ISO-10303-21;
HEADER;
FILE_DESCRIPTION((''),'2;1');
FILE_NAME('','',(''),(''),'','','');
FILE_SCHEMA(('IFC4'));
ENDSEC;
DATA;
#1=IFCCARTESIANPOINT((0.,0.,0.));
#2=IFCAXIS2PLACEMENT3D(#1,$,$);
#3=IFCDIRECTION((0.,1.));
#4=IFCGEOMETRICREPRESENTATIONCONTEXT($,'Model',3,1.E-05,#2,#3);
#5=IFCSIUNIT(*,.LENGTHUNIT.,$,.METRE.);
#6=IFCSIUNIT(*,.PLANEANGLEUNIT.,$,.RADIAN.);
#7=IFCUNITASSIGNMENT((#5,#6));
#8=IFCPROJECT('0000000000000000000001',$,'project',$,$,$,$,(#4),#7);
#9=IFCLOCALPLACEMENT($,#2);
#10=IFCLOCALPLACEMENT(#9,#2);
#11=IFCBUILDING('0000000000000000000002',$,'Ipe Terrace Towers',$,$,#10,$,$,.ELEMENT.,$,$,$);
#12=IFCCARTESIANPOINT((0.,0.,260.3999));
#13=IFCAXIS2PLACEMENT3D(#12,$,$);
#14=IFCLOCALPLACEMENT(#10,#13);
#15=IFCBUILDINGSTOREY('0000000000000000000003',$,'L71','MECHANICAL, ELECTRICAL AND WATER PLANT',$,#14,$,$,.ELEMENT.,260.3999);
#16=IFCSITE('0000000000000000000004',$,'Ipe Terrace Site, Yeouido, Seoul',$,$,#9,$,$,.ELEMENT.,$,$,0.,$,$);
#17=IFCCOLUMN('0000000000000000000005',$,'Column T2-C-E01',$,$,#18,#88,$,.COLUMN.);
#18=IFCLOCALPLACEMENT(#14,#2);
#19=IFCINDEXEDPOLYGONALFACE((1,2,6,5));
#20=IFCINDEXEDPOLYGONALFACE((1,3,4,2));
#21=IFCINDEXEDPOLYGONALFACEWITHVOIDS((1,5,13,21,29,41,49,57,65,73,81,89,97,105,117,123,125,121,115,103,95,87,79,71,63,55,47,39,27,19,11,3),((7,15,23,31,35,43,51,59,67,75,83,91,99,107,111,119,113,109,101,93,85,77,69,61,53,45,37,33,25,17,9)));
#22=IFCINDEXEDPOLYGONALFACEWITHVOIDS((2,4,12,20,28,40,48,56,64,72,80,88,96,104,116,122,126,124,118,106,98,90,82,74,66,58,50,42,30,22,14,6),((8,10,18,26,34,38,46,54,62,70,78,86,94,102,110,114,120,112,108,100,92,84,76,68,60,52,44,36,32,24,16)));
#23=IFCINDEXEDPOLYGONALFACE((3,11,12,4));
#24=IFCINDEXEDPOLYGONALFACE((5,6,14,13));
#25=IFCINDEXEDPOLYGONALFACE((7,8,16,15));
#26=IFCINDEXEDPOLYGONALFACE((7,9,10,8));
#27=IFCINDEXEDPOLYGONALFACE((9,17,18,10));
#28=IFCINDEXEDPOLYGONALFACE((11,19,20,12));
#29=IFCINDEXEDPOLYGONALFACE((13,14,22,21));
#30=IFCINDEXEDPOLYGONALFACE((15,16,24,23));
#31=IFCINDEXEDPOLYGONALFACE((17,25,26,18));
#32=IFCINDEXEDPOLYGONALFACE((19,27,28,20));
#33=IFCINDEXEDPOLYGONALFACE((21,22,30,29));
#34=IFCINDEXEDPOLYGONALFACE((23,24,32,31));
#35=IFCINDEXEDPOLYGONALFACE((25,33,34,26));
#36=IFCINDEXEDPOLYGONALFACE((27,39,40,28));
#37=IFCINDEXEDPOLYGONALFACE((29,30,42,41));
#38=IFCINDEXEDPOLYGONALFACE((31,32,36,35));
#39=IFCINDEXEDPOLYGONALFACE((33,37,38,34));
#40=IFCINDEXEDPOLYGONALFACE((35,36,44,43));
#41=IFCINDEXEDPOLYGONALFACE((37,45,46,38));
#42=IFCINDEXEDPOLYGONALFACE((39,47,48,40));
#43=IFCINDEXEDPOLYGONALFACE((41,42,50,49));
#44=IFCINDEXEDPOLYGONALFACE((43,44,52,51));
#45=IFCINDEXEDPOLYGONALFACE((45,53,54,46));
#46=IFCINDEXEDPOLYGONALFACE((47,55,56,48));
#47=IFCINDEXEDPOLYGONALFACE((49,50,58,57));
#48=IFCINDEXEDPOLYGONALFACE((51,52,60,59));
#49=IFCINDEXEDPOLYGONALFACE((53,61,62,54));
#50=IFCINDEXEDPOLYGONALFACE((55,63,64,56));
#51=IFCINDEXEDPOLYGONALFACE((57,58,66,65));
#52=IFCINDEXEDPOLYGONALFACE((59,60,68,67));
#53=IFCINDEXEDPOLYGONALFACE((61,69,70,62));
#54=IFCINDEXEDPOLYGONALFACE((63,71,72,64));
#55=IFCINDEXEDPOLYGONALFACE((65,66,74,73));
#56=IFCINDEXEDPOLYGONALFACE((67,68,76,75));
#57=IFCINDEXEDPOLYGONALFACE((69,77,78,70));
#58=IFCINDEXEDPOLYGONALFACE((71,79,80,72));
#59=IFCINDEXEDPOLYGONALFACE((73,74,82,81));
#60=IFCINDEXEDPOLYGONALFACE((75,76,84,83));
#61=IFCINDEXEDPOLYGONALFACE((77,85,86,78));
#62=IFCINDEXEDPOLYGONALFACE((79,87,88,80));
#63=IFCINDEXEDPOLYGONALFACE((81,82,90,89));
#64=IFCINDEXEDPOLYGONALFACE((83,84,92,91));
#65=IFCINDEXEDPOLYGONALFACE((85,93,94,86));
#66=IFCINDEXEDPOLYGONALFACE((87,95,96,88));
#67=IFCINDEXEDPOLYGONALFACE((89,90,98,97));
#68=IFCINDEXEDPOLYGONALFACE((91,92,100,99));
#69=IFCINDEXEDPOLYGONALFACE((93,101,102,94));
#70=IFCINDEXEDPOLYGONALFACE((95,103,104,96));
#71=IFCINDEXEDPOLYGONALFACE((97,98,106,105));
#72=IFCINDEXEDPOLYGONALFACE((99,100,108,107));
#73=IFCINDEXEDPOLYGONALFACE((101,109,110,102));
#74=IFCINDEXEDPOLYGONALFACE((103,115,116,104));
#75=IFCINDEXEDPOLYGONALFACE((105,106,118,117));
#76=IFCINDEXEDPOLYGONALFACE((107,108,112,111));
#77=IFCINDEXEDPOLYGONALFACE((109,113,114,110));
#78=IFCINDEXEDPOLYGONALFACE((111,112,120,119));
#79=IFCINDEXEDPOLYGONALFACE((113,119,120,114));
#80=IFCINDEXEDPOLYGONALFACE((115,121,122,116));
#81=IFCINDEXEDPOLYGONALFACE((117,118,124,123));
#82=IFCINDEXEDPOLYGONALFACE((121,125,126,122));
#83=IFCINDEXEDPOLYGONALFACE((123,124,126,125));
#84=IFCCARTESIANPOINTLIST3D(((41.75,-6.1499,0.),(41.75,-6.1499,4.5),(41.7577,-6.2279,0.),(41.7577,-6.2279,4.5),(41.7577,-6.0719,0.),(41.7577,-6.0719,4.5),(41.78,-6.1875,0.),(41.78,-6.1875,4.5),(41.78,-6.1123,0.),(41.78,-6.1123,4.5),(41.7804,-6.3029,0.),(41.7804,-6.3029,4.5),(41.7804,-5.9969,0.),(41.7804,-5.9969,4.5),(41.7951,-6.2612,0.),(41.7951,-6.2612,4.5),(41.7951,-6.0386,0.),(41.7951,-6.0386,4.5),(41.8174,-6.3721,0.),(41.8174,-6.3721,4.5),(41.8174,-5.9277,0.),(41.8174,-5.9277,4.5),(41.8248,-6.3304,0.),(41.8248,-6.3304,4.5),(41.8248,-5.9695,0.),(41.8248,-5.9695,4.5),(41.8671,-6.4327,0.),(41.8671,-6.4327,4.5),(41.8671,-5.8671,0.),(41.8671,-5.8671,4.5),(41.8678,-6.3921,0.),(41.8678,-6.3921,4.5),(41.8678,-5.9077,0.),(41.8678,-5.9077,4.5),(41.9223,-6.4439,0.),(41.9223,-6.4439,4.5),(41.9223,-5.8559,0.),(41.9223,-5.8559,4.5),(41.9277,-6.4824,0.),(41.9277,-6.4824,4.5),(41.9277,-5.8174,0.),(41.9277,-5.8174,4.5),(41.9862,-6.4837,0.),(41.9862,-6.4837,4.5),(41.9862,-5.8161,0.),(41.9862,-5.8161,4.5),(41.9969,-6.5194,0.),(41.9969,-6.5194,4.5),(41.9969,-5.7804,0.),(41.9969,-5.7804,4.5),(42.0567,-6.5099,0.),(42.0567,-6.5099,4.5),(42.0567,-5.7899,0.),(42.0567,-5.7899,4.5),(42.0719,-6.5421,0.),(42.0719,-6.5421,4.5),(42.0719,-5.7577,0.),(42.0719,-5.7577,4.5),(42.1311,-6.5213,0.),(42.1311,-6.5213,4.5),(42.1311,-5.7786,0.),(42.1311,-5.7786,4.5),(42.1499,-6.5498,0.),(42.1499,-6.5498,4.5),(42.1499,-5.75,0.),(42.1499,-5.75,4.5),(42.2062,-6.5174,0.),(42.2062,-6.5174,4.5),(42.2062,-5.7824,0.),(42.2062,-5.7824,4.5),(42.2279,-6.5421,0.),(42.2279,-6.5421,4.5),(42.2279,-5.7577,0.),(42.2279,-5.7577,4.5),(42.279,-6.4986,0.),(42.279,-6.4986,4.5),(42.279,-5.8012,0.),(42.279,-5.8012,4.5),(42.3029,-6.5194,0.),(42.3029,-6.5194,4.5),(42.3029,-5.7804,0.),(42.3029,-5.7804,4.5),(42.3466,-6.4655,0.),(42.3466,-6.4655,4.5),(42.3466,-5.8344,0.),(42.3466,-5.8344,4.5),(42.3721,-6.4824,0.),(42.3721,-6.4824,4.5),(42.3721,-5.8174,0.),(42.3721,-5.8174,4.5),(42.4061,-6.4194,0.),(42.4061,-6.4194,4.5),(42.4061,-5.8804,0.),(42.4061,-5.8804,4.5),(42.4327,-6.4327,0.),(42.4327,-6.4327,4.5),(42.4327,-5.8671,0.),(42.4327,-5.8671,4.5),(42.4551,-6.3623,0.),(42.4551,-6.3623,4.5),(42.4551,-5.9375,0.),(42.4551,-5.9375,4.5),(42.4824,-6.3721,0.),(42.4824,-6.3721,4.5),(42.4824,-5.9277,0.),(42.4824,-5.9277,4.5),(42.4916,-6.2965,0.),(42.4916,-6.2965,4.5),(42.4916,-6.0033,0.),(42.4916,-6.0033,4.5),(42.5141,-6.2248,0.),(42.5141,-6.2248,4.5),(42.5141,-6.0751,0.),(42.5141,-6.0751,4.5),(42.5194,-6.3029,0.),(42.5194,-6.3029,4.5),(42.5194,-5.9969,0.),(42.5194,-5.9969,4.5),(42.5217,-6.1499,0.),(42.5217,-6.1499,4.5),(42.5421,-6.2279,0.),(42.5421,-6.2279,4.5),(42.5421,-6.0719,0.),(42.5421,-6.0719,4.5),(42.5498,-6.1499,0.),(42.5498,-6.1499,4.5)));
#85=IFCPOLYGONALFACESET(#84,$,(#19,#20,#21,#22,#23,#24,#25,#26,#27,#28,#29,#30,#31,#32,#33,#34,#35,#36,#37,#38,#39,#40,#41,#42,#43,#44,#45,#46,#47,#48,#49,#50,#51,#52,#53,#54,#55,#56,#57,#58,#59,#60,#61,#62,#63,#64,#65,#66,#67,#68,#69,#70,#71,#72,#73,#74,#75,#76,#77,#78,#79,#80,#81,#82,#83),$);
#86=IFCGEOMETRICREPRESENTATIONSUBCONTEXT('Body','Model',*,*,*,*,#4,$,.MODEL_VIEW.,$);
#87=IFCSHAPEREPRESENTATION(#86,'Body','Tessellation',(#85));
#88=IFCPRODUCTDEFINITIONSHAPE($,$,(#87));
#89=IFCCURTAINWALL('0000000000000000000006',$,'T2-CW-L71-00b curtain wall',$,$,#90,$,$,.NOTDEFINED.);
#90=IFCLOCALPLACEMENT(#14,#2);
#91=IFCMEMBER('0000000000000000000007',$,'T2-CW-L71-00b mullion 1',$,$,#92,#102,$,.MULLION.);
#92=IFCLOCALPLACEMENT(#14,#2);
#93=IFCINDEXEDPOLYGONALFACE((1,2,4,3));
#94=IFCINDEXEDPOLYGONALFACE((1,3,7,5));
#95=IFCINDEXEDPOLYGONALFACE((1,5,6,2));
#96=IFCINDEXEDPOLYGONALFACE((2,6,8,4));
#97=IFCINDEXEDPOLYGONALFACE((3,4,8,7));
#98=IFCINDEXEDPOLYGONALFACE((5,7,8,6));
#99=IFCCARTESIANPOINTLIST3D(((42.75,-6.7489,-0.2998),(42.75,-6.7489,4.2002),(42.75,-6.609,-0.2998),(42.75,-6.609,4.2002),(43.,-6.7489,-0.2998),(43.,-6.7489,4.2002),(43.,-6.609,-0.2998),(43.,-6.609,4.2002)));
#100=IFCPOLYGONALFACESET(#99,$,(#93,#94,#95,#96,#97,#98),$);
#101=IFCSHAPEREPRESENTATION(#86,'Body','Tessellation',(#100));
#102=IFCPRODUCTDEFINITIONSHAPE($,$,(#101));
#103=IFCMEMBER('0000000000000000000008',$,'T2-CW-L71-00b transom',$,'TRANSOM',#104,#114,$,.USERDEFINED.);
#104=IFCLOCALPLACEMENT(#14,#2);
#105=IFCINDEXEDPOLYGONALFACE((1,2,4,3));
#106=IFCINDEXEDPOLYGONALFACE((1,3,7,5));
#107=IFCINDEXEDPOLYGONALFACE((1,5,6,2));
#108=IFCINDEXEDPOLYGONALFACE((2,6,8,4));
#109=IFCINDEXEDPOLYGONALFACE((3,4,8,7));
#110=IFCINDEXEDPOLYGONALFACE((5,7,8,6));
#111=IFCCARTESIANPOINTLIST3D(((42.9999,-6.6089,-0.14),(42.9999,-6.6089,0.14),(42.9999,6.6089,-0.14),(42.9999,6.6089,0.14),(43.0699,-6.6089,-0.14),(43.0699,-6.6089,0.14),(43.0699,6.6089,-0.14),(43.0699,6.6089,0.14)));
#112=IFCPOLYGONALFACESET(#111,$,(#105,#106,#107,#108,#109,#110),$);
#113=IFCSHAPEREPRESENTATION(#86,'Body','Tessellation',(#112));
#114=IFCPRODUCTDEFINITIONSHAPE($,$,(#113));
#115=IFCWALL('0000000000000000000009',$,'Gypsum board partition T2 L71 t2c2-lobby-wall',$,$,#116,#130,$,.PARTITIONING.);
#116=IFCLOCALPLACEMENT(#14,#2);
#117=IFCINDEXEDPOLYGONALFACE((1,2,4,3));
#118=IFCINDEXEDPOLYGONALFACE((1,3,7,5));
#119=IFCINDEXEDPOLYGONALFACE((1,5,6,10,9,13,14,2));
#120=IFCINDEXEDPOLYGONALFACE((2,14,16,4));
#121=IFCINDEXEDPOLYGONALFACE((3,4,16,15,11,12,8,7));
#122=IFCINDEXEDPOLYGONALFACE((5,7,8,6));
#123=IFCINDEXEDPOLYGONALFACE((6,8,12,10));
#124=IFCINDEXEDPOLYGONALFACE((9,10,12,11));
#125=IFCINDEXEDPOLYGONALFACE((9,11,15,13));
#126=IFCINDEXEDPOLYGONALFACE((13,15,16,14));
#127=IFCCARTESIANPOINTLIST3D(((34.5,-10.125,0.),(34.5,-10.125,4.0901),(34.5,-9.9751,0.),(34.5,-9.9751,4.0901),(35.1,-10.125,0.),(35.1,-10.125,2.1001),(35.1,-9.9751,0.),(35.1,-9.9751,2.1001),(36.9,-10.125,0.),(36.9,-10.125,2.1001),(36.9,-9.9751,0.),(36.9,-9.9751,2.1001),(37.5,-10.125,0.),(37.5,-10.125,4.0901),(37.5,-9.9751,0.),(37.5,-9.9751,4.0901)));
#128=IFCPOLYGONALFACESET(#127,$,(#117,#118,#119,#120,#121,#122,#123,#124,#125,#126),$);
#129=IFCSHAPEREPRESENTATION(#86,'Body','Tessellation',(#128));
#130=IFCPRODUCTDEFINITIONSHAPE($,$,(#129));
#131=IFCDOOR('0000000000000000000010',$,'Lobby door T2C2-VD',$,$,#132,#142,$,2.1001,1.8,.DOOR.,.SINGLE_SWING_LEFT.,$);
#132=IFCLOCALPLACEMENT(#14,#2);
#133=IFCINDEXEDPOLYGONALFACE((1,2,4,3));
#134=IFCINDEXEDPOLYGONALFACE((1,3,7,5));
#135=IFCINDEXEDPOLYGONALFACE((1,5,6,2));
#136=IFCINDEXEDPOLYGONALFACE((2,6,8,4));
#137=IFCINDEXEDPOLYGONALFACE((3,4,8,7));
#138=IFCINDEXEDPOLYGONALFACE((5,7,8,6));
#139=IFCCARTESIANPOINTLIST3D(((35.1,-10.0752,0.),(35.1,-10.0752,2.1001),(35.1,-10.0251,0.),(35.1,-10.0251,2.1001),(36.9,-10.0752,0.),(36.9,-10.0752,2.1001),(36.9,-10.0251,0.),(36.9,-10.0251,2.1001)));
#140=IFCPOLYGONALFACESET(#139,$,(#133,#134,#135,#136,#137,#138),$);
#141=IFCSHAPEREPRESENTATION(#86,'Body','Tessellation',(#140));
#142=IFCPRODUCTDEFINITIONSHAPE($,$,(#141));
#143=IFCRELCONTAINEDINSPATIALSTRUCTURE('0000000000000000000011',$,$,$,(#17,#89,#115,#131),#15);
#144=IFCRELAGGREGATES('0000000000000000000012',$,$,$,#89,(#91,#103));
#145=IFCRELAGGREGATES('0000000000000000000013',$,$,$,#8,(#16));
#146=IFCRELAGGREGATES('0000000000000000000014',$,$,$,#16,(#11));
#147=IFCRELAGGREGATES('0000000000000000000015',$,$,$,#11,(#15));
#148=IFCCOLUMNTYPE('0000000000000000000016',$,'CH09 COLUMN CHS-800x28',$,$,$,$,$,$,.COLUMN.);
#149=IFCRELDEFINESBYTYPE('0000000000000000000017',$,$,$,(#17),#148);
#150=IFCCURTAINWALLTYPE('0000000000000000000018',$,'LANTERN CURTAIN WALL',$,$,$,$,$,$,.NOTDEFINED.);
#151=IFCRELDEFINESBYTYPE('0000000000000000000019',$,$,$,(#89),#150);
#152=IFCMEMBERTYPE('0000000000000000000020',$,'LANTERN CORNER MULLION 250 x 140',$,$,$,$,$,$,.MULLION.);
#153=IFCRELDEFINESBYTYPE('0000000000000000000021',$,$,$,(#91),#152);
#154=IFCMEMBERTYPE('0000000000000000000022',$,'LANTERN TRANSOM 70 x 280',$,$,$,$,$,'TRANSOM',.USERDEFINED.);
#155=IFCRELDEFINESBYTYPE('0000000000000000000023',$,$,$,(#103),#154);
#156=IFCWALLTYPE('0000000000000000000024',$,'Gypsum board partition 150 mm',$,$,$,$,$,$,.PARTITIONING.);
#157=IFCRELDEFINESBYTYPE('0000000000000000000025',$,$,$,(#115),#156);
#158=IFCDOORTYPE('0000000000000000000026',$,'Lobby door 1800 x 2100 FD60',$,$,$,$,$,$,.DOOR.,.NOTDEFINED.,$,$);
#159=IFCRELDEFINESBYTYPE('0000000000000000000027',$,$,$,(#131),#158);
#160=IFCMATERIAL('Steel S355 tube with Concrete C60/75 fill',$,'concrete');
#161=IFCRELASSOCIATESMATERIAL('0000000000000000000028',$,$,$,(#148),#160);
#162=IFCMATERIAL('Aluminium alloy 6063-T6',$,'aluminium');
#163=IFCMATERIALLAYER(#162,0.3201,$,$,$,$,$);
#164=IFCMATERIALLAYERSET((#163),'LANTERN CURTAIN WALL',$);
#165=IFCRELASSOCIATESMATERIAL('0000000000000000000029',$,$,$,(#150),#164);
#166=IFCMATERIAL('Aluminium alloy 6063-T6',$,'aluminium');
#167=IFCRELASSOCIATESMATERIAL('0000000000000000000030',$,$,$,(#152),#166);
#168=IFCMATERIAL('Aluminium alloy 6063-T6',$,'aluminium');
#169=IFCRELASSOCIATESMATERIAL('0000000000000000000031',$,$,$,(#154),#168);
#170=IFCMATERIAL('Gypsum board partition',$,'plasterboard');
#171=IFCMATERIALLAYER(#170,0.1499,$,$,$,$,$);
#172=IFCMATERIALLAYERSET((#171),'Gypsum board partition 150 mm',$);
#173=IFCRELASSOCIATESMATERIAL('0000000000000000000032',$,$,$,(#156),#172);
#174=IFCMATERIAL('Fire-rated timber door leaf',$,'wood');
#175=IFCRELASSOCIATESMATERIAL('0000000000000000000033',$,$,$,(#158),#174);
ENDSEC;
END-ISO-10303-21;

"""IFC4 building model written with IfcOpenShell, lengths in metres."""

from ifc_helpers import new_model, si_unit, direction, frame, frame_2d, origin, origin_2d, place, context, subcontext, project, spatial, rectangle, hollow_circle, extrude, material, layer, layer_set, material_profile, profile_set, type_object, element, fill, aggregate, save


model = new_model("IFC4")

# Units and contexts
model_context = context("Model", 3, precision=1e-05, world=origin(), true_north=direction((0.0, 1.0)))
body_context = subcontext(model_context, "Body", "Model", "MODEL_VIEW")
ifc_project = project(units=[si_unit("LENGTHUNIT", "METRE"), si_unit("PLANEANGLEUNIT", "RADIAN")], contexts=[model_context])

# Site, building, storey
site_placement = place(None, origin())
site = spatial("IfcSite", under=ifc_project, at=site_placement, Name="Ipe Terrace Site, Yeouido, Seoul", CompositionType="ELEMENT", RefElevation=0.0)
building_placement = place(site_placement, origin())
building = spatial("IfcBuilding", under=site, at=building_placement, Name="Ipe Terrace Towers", CompositionType="ELEMENT")
storey_placement = place(building_placement, frame((0.0, 0.0, 260.3999)))
storey = spatial("IfcBuildingStorey", under=building, at=storey_placement, Name="L71", Description="MECHANICAL, ELECTRICAL AND WATER PLANT", CompositionType="ELEMENT", Elevation=260.3999)

# Column
ifc_material_1 = material(Name="Steel S355 tube with Concrete C60/75 fill", Category="concrete")
ifc_material_profile_1 = material_profile(ifc_material_1, hollow_circle(Radius=0.3999, WallThickness=0.0281, at=origin_2d()), Name="CHS-800x28")
ifc_profile_set_1 = profile_set([ifc_material_profile_1], Name="Steel S355 tube with Concrete C60/75 fill")
column_type = type_object("IfcColumnType", Name="CH09 COLUMN CHS-800x28", PredefinedType="COLUMN", material=ifc_profile_set_1)
column_placement = place(storey_placement, frame((42.1499, -6.1499, 0.0), z_axis=(0.0, 0.0, 1.0), x_axis=(1.0, 0.0, 0.0)))
element("IfcColumn", 1, at=column_placement, inside=storey, type_object=column_type, Name="Column T2-C-E01", PredefinedType="COLUMN", context=body_context, shape_type="SweptSolid", body=[
    extrude(hollow_circle(Radius=0.3999, WallThickness=0.0281, at=origin_2d()), origin(), (0.0, 0.0, 1.0), 4.5),
])

# Curtain wall, members
ifc_material_2 = material(Name="Aluminium alloy 6063-T6", Category="aluminium")
ifc_layer_1 = layer(ifc_material_2, 0.3201)
ifc_layer_set_1 = layer_set([ifc_layer_1], Name="LANTERN CURTAIN WALL")
curtain_wall_type = type_object("IfcCurtainWallType", Name="LANTERN CURTAIN WALL", PredefinedType="NOTDEFINED", material=ifc_layer_set_1)
curtain_wall_placement = place(storey_placement, origin())
curtain_wall = element("IfcCurtainWall", 2, at=curtain_wall_placement, inside=storey, type_object=curtain_wall_type, Name="T2-CW-L71-00b curtain wall", PredefinedType="NOTDEFINED")
ifc_material_3 = material(Name="Aluminium alloy 6063-T6", Category="aluminium")
ifc_material_profile_2 = material_profile(ifc_material_3, rectangle(XDim=0.25, YDim=0.1399, at=origin_2d()), Name="LANTERN CORNER MULLION 250 x 140")
ifc_profile_set_2 = profile_set([ifc_material_profile_2], Name="Aluminium alloy 6063-T6")
member_type_1 = type_object("IfcMemberType", Name="LANTERN CORNER MULLION 250 x 140", PredefinedType="MULLION", material=ifc_profile_set_2)
member_1_placement = place(storey_placement, frame((42.875, -6.679, -0.2998), z_axis=(0.0, 0.0, 1.0), x_axis=(1.0, 0.0, 0.0)))
member_1 = element("IfcMember", 3, at=member_1_placement, type_object=member_type_1, Name="T2-CW-L71-00b mullion 1", PredefinedType="MULLION", context=body_context, shape_type="SweptSolid", body=[
    extrude(rectangle(XDim=0.25, YDim=0.1399, at=origin_2d()), origin(), (0.0, 0.0, 1.0), 4.5),
])
ifc_material_4 = material(Name="Aluminium alloy 6063-T6", Category="aluminium")
ifc_material_profile_3 = material_profile(ifc_material_4, rectangle(XDim=0.0701, YDim=0.28, at=origin_2d()), Name="LANTERN TRANSOM 70 x 280")
ifc_profile_set_3 = profile_set([ifc_material_profile_3], Name="Aluminium alloy 6063-T6")
member_type_2 = type_object("IfcMemberType", Name="LANTERN TRANSOM 70 x 280", ElementType="TRANSOM", PredefinedType="USERDEFINED", material=ifc_profile_set_3)
member_2_placement = place(storey_placement, frame((43.0349, -6.6089, 0.0), z_axis=(0.0, 1.0, 0.0), x_axis=(1.0, 0.0, 0.0)))
member_2 = element("IfcMember", 4, at=member_2_placement, type_object=member_type_2, Name="T2-CW-L71-00b transom", ObjectType="TRANSOM", PredefinedType="USERDEFINED", context=body_context, shape_type="SweptSolid", body=[
    extrude(rectangle(XDim=0.0701, YDim=0.28, at=origin_2d()), origin(), (0.0, 0.0, 1.0), 13.2178),
])
aggregate(curtain_wall, [member_1, member_2])

# Wall, opening, door
ifc_material_5 = material(Name="Gypsum board partition", Category="plasterboard")
ifc_layer_2 = layer(ifc_material_5, 0.1499)
ifc_layer_set_2 = layer_set([ifc_layer_2], Name="Gypsum board partition 150 mm")
wall_type_1 = type_object("IfcWallType", Name="Gypsum board partition 150 mm", PredefinedType="PARTITIONING", material=ifc_layer_set_2)
wall_1_placement = place(storey_placement, frame((34.5, -10.05, 0.0), z_axis=(0.0, 0.0, 1.0), x_axis=(1.0, 0.0, 0.0)))
wall_1 = element("IfcWall", 5, at=wall_1_placement, inside=storey, type_object=wall_type_1, Name="Gypsum board partition T2 L71 t2c2-lobby-wall", PredefinedType="PARTITIONING", context=body_context, shape_type="SweptSolid", body=[
    extrude(rectangle(XDim=3.0, YDim=0.1499, at=frame_2d((1.5, 0.0))), origin(), (0.0, 0.0, 1.0), 4.0901),
])
opening_1_placement = place(wall_1_placement, frame((0.6001, 0.0, 0.0)))
opening_1 = element("IfcOpeningElement", 6, at=opening_1_placement, cuts=wall_1, PredefinedType="OPENING", context=body_context, shape_type="SweptSolid", body=[
    extrude(rectangle(XDim=1.8, YDim=2.1001, at=frame_2d((0.8999, 1.05))), frame((0.0, 0.085, 0.0), z_axis=(0.0, -1.0, 0.0), x_axis=(1.0, 0.0, 0.0)), (0.0, 0.0, 1.0), 0.1699),
])
ifc_material_6 = material(Name="Fire-rated timber door leaf", Category="wood")
door_type_1 = type_object("IfcDoorType", Name="Lobby door 1800 x 2100 FD60", OperationType="NOTDEFINED", PredefinedType="DOOR", material=ifc_material_6)
door_1_placement = place(opening_1_placement, origin())
door_1 = element("IfcDoor", 7, at=door_1_placement, inside=storey, type_object=door_type_1, Name="Lobby door T2C2-VD", OperationType="SINGLE_SWING_LEFT", OverallHeight=2.1001, OverallWidth=1.8, PredefinedType="DOOR", context=body_context, shape_type="SweptSolid", body=[
    extrude(rectangle(XDim=1.8, YDim=2.1001, at=frame_2d((0.8999, 1.05))), frame((0.0, 0.0249, 0.0), z_axis=(0.0, -1.0, 0.0), x_axis=(1.0, 0.0, 0.0)), (0.0, 0.0, 1.0), 0.05),
])
fill(opening_1, door_1)

save(model, "model.ifc")
